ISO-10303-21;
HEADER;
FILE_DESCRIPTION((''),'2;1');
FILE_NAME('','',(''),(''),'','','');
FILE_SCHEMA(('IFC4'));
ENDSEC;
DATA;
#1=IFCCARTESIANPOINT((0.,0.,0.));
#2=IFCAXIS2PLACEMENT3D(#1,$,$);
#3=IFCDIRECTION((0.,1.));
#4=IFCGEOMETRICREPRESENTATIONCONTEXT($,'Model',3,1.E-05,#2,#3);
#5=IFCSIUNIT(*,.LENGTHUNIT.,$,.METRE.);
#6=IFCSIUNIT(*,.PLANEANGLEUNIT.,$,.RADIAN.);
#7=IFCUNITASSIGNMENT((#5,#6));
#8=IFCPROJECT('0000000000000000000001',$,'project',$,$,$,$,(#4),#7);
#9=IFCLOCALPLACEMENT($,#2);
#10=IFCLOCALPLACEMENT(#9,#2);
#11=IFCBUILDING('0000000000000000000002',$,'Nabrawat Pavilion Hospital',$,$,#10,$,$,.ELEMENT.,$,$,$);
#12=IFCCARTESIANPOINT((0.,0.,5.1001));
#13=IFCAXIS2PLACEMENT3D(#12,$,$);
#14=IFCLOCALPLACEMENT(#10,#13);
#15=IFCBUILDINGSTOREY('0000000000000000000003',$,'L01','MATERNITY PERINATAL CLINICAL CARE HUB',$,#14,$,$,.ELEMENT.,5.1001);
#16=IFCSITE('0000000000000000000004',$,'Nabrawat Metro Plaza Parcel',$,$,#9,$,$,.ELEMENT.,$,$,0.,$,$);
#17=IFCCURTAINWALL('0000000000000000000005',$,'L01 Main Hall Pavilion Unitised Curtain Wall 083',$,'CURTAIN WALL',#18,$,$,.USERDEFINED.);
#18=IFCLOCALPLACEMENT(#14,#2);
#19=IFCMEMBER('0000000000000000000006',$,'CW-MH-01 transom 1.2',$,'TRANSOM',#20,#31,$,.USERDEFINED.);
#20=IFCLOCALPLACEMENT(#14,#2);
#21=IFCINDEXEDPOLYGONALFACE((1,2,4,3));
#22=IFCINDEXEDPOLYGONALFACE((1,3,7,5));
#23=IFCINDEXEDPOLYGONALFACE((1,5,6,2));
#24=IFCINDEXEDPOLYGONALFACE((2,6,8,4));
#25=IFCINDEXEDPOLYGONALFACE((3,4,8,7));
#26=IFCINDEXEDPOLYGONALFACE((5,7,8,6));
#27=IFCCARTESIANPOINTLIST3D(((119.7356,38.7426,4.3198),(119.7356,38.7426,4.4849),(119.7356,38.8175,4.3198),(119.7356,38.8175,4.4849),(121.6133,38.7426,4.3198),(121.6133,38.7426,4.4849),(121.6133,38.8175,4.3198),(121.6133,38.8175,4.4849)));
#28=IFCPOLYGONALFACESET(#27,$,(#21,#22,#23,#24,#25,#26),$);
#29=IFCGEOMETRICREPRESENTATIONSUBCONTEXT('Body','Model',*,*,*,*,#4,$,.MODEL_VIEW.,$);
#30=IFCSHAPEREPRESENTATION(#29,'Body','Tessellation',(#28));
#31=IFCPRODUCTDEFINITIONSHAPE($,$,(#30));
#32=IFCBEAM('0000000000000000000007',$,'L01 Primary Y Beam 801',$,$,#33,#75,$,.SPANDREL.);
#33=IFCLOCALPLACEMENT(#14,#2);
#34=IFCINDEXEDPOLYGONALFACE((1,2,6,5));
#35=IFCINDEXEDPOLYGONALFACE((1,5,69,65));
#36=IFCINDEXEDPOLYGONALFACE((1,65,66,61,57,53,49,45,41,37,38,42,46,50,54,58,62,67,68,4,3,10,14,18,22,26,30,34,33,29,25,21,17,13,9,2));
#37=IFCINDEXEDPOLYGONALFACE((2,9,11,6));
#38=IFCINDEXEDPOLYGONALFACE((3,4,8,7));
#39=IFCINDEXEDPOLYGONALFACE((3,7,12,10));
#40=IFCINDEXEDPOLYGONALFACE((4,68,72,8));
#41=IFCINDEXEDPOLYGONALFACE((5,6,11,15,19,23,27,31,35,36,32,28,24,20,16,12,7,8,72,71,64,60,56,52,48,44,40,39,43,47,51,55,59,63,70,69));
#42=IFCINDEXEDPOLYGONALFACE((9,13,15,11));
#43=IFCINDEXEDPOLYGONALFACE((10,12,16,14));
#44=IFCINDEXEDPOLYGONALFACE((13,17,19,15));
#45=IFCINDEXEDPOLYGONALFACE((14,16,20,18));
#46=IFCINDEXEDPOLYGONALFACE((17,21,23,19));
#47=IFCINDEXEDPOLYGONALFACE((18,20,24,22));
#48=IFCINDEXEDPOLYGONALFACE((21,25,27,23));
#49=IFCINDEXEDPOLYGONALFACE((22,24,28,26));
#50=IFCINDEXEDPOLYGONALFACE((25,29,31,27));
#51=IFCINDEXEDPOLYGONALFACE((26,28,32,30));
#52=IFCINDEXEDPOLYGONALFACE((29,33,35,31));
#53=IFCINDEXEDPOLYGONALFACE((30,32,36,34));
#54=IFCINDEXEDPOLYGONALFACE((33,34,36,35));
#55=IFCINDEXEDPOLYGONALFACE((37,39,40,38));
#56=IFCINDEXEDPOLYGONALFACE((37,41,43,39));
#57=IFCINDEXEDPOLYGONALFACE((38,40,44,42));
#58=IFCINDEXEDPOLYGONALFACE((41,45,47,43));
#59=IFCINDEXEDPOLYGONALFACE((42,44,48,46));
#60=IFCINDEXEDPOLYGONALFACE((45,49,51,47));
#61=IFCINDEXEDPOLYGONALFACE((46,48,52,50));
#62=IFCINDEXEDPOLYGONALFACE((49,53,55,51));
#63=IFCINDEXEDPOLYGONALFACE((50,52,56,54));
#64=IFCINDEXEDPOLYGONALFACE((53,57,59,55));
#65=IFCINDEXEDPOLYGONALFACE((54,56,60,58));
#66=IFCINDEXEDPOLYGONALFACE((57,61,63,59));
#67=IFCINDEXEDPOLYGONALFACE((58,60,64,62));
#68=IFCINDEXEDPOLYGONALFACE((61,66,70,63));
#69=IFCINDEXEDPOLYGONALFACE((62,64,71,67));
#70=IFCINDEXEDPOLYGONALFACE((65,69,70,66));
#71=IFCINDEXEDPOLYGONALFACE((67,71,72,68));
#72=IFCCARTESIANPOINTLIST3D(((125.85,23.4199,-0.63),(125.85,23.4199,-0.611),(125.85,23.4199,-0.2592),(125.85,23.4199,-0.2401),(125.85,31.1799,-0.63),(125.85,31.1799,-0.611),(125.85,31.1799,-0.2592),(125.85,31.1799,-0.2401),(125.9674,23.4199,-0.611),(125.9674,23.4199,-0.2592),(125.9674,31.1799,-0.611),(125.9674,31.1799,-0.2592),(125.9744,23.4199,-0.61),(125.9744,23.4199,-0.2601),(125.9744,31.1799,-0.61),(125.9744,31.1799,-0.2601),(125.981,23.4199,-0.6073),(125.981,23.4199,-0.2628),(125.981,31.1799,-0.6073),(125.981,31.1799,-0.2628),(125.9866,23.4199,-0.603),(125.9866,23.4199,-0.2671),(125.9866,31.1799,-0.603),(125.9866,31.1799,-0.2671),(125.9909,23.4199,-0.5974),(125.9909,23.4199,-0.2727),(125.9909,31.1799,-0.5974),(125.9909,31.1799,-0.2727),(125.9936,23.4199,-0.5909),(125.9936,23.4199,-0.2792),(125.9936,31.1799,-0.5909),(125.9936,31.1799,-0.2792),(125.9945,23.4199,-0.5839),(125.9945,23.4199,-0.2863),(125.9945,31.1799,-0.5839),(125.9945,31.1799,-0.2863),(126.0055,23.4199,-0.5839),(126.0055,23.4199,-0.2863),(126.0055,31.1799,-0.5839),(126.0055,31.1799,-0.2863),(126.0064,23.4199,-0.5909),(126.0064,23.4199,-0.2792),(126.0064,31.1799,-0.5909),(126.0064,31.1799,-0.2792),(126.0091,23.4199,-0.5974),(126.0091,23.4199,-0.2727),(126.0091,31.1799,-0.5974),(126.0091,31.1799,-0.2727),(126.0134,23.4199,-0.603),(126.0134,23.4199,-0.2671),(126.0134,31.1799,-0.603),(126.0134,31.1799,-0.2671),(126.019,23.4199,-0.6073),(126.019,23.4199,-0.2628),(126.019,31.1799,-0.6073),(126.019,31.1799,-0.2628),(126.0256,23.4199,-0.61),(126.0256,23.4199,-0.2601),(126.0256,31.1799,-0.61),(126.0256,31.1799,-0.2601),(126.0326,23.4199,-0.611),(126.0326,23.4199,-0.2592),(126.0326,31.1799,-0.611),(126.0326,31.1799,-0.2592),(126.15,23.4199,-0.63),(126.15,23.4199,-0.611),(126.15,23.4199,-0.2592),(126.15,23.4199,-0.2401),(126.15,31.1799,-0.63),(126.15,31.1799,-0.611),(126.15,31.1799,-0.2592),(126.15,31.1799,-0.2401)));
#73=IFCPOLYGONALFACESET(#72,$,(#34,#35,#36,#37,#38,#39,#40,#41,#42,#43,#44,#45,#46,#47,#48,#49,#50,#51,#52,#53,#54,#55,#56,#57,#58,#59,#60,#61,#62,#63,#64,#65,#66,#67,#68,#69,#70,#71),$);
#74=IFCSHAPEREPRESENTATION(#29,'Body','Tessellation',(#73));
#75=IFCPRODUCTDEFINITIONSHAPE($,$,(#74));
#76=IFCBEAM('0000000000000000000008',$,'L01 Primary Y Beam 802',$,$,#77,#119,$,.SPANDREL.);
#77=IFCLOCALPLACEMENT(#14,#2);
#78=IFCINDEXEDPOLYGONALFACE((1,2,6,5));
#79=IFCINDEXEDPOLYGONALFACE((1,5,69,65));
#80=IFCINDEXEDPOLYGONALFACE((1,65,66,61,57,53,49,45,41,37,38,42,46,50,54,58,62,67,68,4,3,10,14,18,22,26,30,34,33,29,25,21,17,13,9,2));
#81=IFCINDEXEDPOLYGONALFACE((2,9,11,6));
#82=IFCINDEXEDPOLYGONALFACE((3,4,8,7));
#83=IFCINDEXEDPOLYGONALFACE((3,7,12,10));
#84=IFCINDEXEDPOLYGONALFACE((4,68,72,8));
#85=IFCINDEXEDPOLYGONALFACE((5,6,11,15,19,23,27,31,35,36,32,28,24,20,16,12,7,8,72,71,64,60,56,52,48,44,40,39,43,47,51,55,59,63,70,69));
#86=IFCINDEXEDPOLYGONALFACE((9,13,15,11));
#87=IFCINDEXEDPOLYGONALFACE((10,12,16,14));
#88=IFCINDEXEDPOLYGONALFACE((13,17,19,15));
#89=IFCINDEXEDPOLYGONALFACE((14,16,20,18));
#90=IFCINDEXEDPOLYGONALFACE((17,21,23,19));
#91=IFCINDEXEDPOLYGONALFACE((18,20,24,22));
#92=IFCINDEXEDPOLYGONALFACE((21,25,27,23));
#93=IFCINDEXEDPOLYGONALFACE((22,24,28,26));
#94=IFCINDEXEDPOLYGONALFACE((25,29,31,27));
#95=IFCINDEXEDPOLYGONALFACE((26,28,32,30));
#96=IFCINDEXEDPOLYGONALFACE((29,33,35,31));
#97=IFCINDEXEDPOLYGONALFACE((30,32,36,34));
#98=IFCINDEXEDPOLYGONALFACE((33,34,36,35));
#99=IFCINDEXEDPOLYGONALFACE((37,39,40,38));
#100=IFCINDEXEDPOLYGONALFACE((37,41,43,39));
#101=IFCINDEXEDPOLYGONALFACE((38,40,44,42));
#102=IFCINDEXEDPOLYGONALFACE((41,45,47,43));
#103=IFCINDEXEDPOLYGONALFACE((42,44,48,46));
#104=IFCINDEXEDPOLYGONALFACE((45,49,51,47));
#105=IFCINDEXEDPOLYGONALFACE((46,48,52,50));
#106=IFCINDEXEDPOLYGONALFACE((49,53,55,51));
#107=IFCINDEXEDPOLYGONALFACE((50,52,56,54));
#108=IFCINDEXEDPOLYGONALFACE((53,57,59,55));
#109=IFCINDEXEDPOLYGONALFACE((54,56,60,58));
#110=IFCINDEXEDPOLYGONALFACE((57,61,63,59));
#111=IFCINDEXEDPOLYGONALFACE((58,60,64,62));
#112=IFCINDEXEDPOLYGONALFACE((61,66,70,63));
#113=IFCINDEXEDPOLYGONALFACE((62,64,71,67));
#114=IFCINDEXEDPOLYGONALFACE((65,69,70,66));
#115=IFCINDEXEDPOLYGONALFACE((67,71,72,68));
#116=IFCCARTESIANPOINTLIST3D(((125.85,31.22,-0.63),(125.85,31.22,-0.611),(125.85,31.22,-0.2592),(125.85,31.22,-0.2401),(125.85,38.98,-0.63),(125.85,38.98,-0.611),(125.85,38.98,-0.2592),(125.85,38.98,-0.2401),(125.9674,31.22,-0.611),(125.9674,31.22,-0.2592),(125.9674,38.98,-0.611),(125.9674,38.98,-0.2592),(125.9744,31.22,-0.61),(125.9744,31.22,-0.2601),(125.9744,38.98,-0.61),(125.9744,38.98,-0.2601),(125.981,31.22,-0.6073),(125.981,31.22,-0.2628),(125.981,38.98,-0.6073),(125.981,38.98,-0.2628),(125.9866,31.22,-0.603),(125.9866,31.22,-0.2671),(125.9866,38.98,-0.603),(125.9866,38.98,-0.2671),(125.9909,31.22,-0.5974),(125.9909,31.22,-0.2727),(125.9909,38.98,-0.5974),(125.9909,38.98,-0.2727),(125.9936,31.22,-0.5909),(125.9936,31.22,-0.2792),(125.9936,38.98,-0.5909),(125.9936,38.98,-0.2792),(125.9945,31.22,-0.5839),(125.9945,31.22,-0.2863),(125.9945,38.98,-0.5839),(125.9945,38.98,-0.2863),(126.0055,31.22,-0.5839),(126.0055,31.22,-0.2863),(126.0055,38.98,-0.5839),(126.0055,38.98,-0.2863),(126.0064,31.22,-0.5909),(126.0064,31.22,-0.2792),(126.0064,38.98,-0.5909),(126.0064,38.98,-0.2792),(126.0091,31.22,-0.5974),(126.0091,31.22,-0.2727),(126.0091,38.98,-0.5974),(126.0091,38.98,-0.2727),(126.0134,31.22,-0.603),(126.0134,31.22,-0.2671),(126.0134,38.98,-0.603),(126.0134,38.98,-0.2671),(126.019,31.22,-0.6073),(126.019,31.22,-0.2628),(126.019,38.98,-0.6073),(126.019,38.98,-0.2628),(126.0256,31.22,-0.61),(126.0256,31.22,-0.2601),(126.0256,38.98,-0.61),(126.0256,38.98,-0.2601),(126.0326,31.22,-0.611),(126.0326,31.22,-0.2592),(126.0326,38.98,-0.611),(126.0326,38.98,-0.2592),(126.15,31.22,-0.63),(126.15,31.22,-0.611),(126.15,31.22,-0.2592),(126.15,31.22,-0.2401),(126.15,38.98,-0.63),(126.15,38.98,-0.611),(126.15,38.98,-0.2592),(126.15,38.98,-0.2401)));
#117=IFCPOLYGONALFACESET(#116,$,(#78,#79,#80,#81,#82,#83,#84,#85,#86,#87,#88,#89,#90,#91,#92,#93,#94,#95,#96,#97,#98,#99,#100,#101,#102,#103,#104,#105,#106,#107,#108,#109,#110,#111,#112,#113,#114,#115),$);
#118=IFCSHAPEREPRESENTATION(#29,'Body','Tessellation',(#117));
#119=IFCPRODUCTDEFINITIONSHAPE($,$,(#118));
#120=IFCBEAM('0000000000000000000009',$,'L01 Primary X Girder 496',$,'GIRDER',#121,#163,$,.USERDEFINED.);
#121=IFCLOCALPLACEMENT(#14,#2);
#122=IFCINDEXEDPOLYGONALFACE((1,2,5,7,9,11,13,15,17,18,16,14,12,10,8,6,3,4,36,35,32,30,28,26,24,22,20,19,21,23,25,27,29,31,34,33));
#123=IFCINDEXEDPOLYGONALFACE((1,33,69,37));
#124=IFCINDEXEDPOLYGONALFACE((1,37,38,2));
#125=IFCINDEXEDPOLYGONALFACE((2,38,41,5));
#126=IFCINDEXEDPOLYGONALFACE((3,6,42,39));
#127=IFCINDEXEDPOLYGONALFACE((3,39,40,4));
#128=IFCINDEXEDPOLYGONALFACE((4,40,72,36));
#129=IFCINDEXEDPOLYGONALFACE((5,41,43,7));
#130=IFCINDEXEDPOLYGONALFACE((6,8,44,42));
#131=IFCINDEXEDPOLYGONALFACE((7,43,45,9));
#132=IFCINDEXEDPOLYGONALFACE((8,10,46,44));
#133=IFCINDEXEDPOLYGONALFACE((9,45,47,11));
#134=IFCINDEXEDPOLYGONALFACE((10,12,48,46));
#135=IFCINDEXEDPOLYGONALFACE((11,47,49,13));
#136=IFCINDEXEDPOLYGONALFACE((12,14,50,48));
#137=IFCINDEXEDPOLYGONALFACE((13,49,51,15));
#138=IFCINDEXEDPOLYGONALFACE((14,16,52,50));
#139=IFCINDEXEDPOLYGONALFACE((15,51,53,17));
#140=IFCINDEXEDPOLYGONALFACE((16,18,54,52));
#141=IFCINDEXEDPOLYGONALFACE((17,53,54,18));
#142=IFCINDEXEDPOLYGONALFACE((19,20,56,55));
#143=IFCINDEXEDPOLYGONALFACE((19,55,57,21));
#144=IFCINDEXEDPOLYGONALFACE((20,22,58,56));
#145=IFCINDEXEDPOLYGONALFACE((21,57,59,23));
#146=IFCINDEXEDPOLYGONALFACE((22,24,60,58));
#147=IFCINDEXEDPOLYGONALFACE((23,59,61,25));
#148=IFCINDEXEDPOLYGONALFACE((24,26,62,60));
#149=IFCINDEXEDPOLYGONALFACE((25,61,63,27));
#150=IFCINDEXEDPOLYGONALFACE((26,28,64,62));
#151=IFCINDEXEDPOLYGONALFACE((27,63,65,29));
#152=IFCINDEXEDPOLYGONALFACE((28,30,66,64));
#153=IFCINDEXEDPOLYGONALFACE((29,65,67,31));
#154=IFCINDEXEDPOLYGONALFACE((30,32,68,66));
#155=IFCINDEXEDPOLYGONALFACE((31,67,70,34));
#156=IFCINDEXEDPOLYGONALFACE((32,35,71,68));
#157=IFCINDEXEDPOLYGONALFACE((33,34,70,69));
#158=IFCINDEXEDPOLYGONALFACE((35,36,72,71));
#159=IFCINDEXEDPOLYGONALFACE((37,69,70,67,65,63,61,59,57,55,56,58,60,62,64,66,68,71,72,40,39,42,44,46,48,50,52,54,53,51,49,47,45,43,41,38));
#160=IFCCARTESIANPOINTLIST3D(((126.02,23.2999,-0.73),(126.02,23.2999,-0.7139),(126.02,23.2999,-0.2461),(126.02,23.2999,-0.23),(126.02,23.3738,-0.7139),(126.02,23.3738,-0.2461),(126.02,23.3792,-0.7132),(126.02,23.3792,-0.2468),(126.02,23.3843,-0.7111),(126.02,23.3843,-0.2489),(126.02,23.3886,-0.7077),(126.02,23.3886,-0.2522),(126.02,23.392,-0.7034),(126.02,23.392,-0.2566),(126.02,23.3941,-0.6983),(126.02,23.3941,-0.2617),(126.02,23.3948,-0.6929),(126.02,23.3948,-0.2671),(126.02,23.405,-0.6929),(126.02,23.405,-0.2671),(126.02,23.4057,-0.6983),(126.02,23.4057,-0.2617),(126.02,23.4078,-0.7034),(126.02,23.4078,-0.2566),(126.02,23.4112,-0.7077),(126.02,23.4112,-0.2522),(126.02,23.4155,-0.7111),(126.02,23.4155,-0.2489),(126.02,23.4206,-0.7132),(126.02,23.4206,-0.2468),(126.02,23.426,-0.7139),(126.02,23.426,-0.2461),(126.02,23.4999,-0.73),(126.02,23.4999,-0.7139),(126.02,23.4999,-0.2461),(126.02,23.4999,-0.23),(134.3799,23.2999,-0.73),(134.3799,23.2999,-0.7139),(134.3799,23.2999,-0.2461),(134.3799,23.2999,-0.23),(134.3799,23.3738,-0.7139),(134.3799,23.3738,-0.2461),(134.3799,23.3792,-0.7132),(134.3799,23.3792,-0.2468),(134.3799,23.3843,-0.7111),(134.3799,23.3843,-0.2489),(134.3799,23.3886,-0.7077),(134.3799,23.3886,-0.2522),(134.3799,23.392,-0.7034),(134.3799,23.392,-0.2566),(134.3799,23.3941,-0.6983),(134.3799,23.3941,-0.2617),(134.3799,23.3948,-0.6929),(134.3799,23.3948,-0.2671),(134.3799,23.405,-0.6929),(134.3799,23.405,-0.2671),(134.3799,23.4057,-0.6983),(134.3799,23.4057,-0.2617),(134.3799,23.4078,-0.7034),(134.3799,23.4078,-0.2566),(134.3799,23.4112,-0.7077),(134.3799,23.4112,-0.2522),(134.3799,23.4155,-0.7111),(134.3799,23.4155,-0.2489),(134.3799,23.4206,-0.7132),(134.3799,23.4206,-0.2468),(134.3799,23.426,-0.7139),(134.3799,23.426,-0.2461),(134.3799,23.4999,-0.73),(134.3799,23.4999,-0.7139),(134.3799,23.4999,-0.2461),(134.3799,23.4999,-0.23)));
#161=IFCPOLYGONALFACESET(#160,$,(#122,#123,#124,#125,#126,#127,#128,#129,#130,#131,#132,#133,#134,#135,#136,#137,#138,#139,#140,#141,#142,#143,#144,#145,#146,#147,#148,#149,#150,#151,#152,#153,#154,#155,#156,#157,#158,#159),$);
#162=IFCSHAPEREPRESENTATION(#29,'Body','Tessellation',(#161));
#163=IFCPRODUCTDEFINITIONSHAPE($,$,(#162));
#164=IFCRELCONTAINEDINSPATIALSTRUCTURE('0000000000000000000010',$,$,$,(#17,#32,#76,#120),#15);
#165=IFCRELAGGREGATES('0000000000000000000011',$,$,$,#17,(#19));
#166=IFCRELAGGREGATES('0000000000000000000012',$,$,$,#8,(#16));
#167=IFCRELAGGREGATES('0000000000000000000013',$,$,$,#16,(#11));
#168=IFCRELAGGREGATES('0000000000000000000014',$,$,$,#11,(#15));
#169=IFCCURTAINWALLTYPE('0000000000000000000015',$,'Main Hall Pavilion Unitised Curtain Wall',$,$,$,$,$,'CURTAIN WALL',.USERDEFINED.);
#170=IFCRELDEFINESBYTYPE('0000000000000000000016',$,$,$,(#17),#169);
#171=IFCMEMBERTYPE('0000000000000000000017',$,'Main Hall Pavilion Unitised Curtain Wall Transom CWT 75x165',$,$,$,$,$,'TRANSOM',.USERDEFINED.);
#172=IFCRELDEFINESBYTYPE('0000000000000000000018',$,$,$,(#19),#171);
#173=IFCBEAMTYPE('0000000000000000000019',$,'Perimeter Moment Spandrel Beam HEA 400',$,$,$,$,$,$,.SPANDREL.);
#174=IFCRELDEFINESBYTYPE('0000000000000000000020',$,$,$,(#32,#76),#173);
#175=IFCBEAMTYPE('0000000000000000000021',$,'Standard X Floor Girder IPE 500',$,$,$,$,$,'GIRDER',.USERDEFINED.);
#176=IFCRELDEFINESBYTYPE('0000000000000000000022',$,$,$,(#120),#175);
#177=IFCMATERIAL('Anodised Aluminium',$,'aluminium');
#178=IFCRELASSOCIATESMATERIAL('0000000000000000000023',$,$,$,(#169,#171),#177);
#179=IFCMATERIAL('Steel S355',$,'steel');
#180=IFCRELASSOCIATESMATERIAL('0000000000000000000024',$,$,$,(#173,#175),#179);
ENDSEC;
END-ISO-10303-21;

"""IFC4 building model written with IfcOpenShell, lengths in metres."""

from ifc_helpers import new_model, si_unit, direction, frame, origin, origin_2d, place, context, subcontext, project, spatial, rectangle, i_section, extrude, material, material_profile, profile_set, type_object, element, aggregate, save


model = new_model("IFC4")

# Units and contexts
model_context = context("Model", 3, precision=1e-05, world=origin(), true_north=direction((0.0, 1.0)))
body_context = subcontext(model_context, "Body", "Model", "MODEL_VIEW")
ifc_project = project(units=[si_unit("LENGTHUNIT", "METRE"), si_unit("PLANEANGLEUNIT", "RADIAN")], contexts=[model_context])

# Site, building, storey
site_placement = place(None, origin())
site = spatial("IfcSite", under=ifc_project, at=site_placement, Name="Nabrawat Metro Plaza Parcel", CompositionType="ELEMENT", RefElevation=0.0)
building_placement = place(site_placement, origin())
building = spatial("IfcBuilding", under=site, at=building_placement, Name="Nabrawat Pavilion Hospital", CompositionType="ELEMENT")
storey_placement = place(building_placement, frame((0.0, 0.0, 5.1001)))
storey = spatial("IfcBuildingStorey", under=building, at=storey_placement, Name="L01", Description="MATERNITY PERINATAL CLINICAL CARE HUB", CompositionType="ELEMENT", Elevation=5.1001)

# Shared definitions
ifc_material_1 = material(Name="Steel S355", Category="steel")

# Curtain wall, member
ifc_material_2 = material(Name="Anodised Aluminium", Category="aluminium")
curtain_wall_type = type_object("IfcCurtainWallType", Name="Main Hall Pavilion Unitised Curtain Wall", ElementType="CURTAIN WALL", PredefinedType="USERDEFINED", material=ifc_material_2)
curtain_wall_placement = place(storey_placement, origin())
curtain_wall = element("IfcCurtainWall", 1, at=curtain_wall_placement, inside=storey, type_object=curtain_wall_type, Name="L01 Main Hall Pavilion Unitised Curtain Wall 083", ObjectType="CURTAIN WALL", PredefinedType="USERDEFINED")
ifc_material_profile_1 = material_profile(ifc_material_2, rectangle(XDim=0.075, YDim=0.165, at=origin_2d()), Name="CWT 75x165")
ifc_profile_set_1 = profile_set([ifc_material_profile_1], Name="Anodised Aluminium")
member_type_1 = type_object("IfcMemberType", Name="Main Hall Pavilion Unitised Curtain Wall Transom CWT 75x165", ElementType="TRANSOM", PredefinedType="USERDEFINED", material=ifc_profile_set_1)
member_1_placement = place(storey_placement, frame((119.7356, 38.78, 4.4023), z_axis=(1.0, 0.0, 0.0), x_axis=(0.0, 1.0, 0.0)))
member_1 = element("IfcMember", 2, at=member_1_placement, type_object=member_type_1, Name="CW-MH-01 transom 1.2", ObjectType="TRANSOM", PredefinedType="USERDEFINED", context=body_context, shape_type="SweptSolid", body=[
    extrude(rectangle(XDim=0.075, YDim=0.165, at=origin_2d()), origin(), (0.0, 0.0, 1.0), 1.8777),
])

# Beams
ifc_material_profile_2 = material_profile(ifc_material_1, i_section(OverallWidth=0.3, OverallDepth=0.3899, WebThickness=0.011, FlangeThickness=0.019, FilletRadius=0.0271, at=origin_2d()), Name="HEA 400")
ifc_profile_set_2 = profile_set([ifc_material_profile_2], Name="Steel S355")
beam_type_1 = type_object("IfcBeamType", Name="Perimeter Moment Spandrel Beam HEA 400", PredefinedType="SPANDREL", material=ifc_profile_set_2)
for number, where, z_axis, x_axis, name in (
    (3, (126.0, 23.4199, -0.4351), (0.0, 1.0, 0.0), (-1.0, 0.0, 0.0), "L01 Primary Y Beam 801"),
    (4, (126.0, 31.22, -0.4351), (0.0, 1.0, 0.0), (-1.0, 0.0, 0.0), "L01 Primary Y Beam 802"),
):
    element("IfcBeam", number, at=place(storey_placement, frame(where, z_axis=z_axis, x_axis=x_axis)), inside=storey, type_object=beam_type_1, Name=name, PredefinedType="SPANDREL", context=body_context, shape_type="SweptSolid", body=[
        extrude(i_section(OverallWidth=0.3, OverallDepth=0.3899, WebThickness=0.011, FlangeThickness=0.019, FilletRadius=0.0271, at=origin_2d()), origin(), (0.0, 0.0, 1.0), 7.76),
    ])
ifc_material_profile_3 = material_profile(ifc_material_1, i_section(OverallWidth=0.2, OverallDepth=0.5, WebThickness=0.0103, FlangeThickness=0.0161, FilletRadius=0.021, at=origin_2d()), Name="IPE 500")
ifc_profile_set_3 = profile_set([ifc_material_profile_3], Name="Steel S355")
beam_type_2 = type_object("IfcBeamType", Name="Standard X Floor Girder IPE 500", ElementType="GIRDER", PredefinedType="USERDEFINED", material=ifc_profile_set_3)
for number, where, z_axis, x_axis, name in (
    (5, (126.02, 23.3999, -0.48), (1.0, 0.0, 0.0), (0.0, 1.0, 0.0), "L01 Primary X Girder 496"),
):
    element("IfcBeam", number, at=place(storey_placement, frame(where, z_axis=z_axis, x_axis=x_axis)), inside=storey, type_object=beam_type_2, Name=name, ObjectType="GIRDER", PredefinedType="USERDEFINED", context=body_context, shape_type="SweptSolid", body=[
        extrude(i_section(OverallWidth=0.2, OverallDepth=0.5, WebThickness=0.0103, FlangeThickness=0.0161, FilletRadius=0.021, at=origin_2d()), origin(), (0.0, 0.0, 1.0), 8.3599),
    ])

aggregate(curtain_wall, [member_1])

save(model, "model.ifc")
